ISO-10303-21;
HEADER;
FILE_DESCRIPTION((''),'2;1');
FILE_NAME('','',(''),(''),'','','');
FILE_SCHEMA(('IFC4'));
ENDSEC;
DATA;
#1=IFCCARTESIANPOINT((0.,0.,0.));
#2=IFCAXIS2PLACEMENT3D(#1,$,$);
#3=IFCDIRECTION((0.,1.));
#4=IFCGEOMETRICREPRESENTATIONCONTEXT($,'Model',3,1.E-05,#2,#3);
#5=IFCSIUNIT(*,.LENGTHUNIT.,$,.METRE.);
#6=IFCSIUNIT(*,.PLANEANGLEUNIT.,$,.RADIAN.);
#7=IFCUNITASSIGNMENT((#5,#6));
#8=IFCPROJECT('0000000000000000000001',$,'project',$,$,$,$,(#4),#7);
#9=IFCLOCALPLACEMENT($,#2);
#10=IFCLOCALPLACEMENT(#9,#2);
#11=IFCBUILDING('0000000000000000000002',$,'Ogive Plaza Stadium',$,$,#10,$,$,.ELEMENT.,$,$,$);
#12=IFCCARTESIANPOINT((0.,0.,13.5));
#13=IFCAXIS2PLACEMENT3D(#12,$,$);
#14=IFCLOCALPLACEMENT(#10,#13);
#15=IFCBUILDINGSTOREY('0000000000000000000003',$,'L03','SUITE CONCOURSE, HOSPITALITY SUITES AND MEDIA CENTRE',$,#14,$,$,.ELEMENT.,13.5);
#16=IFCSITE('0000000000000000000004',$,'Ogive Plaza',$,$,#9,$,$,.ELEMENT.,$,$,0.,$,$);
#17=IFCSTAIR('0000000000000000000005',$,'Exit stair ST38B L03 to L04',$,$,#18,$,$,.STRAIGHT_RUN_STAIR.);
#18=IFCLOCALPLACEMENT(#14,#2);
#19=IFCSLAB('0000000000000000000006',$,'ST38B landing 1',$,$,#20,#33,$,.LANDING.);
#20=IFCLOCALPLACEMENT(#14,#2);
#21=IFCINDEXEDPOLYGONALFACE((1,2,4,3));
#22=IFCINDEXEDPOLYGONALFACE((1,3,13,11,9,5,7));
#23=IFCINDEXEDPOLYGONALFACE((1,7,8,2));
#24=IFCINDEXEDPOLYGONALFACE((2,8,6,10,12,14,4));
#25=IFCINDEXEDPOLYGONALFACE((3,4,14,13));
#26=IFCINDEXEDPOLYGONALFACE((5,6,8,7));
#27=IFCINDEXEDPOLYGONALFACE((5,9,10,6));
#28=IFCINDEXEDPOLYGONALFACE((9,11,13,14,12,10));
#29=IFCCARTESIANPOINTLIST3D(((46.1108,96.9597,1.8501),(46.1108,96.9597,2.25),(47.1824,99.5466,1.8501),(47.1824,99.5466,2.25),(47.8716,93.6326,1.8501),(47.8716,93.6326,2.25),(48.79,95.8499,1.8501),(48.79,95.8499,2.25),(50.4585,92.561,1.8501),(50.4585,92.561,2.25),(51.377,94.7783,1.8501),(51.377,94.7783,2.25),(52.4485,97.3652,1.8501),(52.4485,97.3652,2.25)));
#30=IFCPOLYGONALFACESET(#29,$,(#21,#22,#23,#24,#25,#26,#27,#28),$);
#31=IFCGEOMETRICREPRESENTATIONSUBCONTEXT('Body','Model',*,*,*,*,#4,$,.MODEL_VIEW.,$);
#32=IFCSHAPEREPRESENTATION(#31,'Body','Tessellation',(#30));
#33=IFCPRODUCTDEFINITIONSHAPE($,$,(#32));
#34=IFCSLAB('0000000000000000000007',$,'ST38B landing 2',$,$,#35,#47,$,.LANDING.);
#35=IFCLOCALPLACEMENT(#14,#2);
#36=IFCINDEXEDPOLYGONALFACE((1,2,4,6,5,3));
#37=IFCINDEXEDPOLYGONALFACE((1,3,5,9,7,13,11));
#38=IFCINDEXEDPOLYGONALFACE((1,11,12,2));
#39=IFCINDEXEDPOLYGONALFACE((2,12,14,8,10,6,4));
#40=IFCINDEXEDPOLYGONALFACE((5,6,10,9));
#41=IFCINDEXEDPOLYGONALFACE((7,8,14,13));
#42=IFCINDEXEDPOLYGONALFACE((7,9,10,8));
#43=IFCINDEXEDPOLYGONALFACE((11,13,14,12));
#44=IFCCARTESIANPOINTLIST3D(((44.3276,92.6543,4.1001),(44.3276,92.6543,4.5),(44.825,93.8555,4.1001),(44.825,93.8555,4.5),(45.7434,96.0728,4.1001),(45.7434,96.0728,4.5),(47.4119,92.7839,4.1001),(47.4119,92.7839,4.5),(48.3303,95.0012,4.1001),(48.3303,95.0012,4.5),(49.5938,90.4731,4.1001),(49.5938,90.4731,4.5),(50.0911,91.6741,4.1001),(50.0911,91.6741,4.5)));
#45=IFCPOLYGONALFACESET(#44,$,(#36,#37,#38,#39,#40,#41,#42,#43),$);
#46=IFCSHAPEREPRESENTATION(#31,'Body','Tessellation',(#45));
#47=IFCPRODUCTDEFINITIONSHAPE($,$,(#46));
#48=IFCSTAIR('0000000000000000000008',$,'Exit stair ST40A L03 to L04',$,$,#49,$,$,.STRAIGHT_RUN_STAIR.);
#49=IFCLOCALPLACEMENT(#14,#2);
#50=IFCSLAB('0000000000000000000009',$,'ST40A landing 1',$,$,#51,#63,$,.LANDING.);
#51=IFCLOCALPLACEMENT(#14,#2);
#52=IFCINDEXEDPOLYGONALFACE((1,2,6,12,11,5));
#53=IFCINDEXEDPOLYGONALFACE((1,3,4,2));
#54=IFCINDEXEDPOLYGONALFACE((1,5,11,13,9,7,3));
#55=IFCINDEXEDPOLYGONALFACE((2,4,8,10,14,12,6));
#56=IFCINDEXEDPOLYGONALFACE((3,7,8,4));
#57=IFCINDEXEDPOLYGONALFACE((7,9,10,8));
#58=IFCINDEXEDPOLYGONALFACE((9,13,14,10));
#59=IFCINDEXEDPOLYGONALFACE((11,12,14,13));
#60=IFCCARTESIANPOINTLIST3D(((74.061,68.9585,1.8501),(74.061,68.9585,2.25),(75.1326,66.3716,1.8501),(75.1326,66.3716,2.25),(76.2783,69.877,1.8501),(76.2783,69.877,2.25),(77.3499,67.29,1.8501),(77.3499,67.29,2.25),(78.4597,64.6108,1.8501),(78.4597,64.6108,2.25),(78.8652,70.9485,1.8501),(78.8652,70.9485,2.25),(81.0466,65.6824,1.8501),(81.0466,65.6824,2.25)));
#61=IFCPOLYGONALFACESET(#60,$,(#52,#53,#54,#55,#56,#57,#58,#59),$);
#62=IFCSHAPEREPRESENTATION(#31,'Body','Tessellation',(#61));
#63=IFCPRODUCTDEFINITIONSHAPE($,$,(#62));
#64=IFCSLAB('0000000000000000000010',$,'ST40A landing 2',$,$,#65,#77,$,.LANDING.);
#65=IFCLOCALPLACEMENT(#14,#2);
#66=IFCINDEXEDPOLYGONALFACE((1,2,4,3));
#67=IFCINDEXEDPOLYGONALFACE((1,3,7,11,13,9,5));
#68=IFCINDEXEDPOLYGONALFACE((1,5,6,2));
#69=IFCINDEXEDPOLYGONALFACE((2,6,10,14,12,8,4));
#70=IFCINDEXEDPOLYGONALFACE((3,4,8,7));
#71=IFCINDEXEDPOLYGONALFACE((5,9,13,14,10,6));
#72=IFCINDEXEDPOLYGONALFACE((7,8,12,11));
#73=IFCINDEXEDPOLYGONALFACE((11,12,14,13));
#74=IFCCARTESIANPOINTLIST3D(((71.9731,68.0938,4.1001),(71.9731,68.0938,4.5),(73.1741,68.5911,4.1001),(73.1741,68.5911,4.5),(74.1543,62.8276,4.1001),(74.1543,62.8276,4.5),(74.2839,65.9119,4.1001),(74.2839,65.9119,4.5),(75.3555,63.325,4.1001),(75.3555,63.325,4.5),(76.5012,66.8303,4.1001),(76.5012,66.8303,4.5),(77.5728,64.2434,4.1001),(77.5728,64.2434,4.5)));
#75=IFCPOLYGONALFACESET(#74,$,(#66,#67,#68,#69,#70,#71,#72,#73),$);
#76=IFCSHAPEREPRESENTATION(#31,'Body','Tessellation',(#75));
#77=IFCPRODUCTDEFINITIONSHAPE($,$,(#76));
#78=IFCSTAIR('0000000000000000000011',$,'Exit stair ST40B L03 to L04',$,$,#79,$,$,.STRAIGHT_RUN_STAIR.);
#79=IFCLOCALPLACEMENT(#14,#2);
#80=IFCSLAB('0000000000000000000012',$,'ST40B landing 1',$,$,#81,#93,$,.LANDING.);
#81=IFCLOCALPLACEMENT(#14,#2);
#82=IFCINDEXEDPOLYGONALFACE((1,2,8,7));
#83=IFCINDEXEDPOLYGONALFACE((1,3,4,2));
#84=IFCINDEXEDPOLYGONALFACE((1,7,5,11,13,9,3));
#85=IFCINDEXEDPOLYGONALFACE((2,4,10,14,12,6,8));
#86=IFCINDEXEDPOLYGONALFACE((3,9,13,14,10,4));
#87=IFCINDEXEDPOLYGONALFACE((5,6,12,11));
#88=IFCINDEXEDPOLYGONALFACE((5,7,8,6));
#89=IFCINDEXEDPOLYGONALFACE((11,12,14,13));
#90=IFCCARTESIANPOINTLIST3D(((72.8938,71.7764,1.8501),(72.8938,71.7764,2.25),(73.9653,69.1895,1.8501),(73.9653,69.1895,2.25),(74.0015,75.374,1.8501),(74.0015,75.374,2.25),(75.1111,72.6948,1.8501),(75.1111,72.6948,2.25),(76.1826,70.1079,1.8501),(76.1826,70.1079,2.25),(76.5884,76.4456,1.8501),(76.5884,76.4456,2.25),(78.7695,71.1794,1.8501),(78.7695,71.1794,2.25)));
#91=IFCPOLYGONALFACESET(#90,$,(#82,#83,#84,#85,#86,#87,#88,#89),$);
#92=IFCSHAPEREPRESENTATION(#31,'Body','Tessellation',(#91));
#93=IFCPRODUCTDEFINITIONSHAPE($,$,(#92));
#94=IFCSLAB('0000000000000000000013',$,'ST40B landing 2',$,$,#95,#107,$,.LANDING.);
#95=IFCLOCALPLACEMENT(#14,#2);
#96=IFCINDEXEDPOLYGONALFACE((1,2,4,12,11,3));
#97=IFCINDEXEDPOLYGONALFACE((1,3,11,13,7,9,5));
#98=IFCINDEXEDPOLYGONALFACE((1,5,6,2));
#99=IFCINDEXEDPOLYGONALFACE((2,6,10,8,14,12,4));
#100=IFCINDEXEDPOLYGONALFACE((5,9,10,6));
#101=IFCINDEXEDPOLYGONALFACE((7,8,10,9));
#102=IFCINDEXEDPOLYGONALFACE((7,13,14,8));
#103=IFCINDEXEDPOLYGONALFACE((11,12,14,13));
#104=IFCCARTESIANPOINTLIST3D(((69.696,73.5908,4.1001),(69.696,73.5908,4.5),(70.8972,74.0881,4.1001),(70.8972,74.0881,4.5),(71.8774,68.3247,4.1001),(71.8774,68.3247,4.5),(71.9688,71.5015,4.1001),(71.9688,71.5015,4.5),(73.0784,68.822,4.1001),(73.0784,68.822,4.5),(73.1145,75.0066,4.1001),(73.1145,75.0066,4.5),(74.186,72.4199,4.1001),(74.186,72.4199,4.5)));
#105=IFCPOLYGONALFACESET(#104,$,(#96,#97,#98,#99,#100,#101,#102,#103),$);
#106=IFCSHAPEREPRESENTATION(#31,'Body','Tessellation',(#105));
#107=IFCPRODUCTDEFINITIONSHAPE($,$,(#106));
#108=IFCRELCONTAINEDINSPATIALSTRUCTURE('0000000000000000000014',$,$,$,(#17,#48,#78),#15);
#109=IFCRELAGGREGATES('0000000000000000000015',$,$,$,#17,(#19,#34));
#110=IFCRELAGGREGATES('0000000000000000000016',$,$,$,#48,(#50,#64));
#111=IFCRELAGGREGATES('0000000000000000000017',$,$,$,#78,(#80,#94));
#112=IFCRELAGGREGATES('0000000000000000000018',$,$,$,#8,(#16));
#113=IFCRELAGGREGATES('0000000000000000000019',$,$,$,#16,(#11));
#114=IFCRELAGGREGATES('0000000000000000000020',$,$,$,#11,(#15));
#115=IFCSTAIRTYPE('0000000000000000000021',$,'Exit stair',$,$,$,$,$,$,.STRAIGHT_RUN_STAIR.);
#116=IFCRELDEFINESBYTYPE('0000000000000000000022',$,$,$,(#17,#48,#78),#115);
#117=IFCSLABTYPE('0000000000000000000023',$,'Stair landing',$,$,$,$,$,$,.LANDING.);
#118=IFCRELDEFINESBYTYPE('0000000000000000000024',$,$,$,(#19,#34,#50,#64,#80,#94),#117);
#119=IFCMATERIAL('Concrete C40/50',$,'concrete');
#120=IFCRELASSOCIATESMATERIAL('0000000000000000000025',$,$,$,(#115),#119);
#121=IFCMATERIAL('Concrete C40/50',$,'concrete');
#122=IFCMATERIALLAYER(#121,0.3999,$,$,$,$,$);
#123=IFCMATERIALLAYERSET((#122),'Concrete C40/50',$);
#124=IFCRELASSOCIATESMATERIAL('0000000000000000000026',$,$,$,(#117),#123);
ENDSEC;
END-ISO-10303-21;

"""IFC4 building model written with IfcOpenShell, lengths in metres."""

from ifc_helpers import new_model, si_unit, direction, frame, origin, place, context, subcontext, project, spatial, polyline, outline, extrude, material, layer, layer_set, type_object, element, aggregate, save


model = new_model("IFC4")

# Units and contexts
model_context = context("Model", 3, precision=1e-05, world=origin(), true_north=direction((0.0, 1.0)))
body_context = subcontext(model_context, "Body", "Model", "MODEL_VIEW")
ifc_project = project(units=[si_unit("LENGTHUNIT", "METRE"), si_unit("PLANEANGLEUNIT", "RADIAN")], contexts=[model_context])

# Site, building, storey
site_placement = place(None, origin())
site = spatial("IfcSite", under=ifc_project, at=site_placement, Name="Ogive Plaza", CompositionType="ELEMENT", RefElevation=0.0)
building_placement = place(site_placement, origin())
building = spatial("IfcBuilding", under=site, at=building_placement, Name="Ogive Plaza Stadium", CompositionType="ELEMENT")
storey_placement = place(building_placement, frame((0.0, 0.0, 13.5)))
storey = spatial("IfcBuildingStorey", under=building, at=storey_placement, Name="L03", Description="SUITE CONCOURSE, HOSPITALITY SUITES AND MEDIA CENTRE", CompositionType="ELEMENT", Elevation=13.5)

# Shared definitions
ifc_material_1 = material(Name="Concrete C40/50", Category="concrete")
stair_type = type_object("IfcStairType", Name="Exit stair", PredefinedType="STRAIGHT_RUN_STAIR", material=ifc_material_1)
ifc_material_2 = material(Name="Concrete C40/50", Category="concrete")
ifc_layer_1 = layer(ifc_material_2, 0.3999)
ifc_layer_set_1 = layer_set([ifc_layer_1], Name="Concrete C40/50")
slab_type_1 = type_object("IfcSlabType", Name="Stair landing", PredefinedType="LANDING", material=ifc_layer_set_1)

# Stairs, slabs
stair_1_placement = place(storey_placement, origin())
stair_1 = element("IfcStair", 1, at=stair_1_placement, inside=storey, type_object=stair_type, Name="Exit stair ST38B L03 to L04", PredefinedType="STRAIGHT_RUN_STAIR")
slab_1_placement = place(storey_placement, frame((0.0, 0.0, 1.8501)))
slab_1 = element("IfcSlab", 2, at=slab_1_placement, type_object=slab_type_1, Name="ST38B landing 1", PredefinedType="LANDING", context=body_context, shape_type="SweptSolid", body=[
    extrude(outline(polyline([(50.4585, 92.561), (47.8716, 93.6326), (48.79, 95.8499), (46.1108, 96.9597), (47.1824, 99.5466), (52.4485, 97.3652), (51.377, 94.7783), (50.4585, 92.561)])), origin(), (0.0, 0.0, 1.0), 0.3999),
])
slab_2_placement = place(storey_placement, frame((0.0, 0.0, 4.1001)))
slab_2 = element("IfcSlab", 3, at=slab_2_placement, type_object=slab_type_1, Name="ST38B landing 2", PredefinedType="LANDING", context=body_context, shape_type="SweptSolid", body=[
    extrude(outline(polyline([(50.0911, 91.6741), (49.5938, 90.4731), (44.3276, 92.6543), (44.825, 93.8555), (45.7434, 96.0728), (48.3303, 95.0012), (47.4119, 92.7839), (50.0911, 91.6741)])), origin(), (0.0, 0.0, 1.0), 0.3999),
])
aggregate(stair_1, [slab_1, slab_2])
stair_2_placement = place(storey_placement, origin())
stair_2 = element("IfcStair", 4, at=stair_2_placement, inside=storey, type_object=stair_type, Name="Exit stair ST40A L03 to L04", PredefinedType="STRAIGHT_RUN_STAIR")
slab_3_placement = place(storey_placement, frame((0.0, 0.0, 1.8501)))
slab_3 = element("IfcSlab", 5, at=slab_3_placement, type_object=slab_type_1, Name="ST40A landing 1", PredefinedType="LANDING", context=body_context, shape_type="SweptSolid", body=[
    extrude(outline(polyline([(78.8652, 70.9485), (81.0466, 65.6824), (78.4597, 64.6108), (77.3499, 67.29), (75.1326, 66.3716), (74.061, 68.9585), (76.2783, 69.877), (78.8652, 70.9485)])), origin(), (0.0, 0.0, 1.0), 0.3999),
])
slab_4_placement = place(storey_placement, frame((0.0, 0.0, 4.1001)))
slab_4 = element("IfcSlab", 6, at=slab_4_placement, type_object=slab_type_1, Name="ST40A landing 2", PredefinedType="LANDING", context=body_context, shape_type="SweptSolid", body=[
    extrude(outline(polyline([(76.5012, 66.8303), (77.5728, 64.2434), (75.3555, 63.325), (74.1543, 62.8276), (71.9731, 68.0938), (73.1741, 68.5911), (74.2839, 65.9119), (76.5012, 66.8303)])), origin(), (0.0, 0.0, 1.0), 0.3999),
])
aggregate(stair_2, [slab_3, slab_4])
stair_3_placement = place(storey_placement, origin())
stair_3 = element("IfcStair", 7, at=stair_3_placement, inside=storey, type_object=stair_type, Name="Exit stair ST40B L03 to L04", PredefinedType="STRAIGHT_RUN_STAIR")
slab_5_placement = place(storey_placement, frame((0.0, 0.0, 1.8501)))
slab_5 = element("IfcSlab", 8, at=slab_5_placement, type_object=slab_type_1, Name="ST40B landing 1", PredefinedType="LANDING", context=body_context, shape_type="SweptSolid", body=[
    extrude(outline(polyline([(73.9653, 69.1895), (72.8938, 71.7764), (75.1111, 72.6948), (74.0015, 75.374), (76.5884, 76.4456), (78.7695, 71.1794), (76.1826, 70.1079), (73.9653, 69.1895)])), origin(), (0.0, 0.0, 1.0), 0.3999),
])
slab_6_placement = place(storey_placement, frame((0.0, 0.0, 4.1001)))
slab_6 = element("IfcSlab", 9, at=slab_6_placement, type_object=slab_type_1, Name="ST40B landing 2", PredefinedType="LANDING", context=body_context, shape_type="SweptSolid", body=[
    extrude(outline(polyline([(73.0784, 68.822), (71.8774, 68.3247), (69.696, 73.5908), (70.8972, 74.0881), (73.1145, 75.0066), (74.186, 72.4199), (71.9688, 71.5015), (73.0784, 68.822)])), origin(), (0.0, 0.0, 1.0), 0.3999),
])
aggregate(stair_3, [slab_5, slab_6])

save(model, "model.ifc")
